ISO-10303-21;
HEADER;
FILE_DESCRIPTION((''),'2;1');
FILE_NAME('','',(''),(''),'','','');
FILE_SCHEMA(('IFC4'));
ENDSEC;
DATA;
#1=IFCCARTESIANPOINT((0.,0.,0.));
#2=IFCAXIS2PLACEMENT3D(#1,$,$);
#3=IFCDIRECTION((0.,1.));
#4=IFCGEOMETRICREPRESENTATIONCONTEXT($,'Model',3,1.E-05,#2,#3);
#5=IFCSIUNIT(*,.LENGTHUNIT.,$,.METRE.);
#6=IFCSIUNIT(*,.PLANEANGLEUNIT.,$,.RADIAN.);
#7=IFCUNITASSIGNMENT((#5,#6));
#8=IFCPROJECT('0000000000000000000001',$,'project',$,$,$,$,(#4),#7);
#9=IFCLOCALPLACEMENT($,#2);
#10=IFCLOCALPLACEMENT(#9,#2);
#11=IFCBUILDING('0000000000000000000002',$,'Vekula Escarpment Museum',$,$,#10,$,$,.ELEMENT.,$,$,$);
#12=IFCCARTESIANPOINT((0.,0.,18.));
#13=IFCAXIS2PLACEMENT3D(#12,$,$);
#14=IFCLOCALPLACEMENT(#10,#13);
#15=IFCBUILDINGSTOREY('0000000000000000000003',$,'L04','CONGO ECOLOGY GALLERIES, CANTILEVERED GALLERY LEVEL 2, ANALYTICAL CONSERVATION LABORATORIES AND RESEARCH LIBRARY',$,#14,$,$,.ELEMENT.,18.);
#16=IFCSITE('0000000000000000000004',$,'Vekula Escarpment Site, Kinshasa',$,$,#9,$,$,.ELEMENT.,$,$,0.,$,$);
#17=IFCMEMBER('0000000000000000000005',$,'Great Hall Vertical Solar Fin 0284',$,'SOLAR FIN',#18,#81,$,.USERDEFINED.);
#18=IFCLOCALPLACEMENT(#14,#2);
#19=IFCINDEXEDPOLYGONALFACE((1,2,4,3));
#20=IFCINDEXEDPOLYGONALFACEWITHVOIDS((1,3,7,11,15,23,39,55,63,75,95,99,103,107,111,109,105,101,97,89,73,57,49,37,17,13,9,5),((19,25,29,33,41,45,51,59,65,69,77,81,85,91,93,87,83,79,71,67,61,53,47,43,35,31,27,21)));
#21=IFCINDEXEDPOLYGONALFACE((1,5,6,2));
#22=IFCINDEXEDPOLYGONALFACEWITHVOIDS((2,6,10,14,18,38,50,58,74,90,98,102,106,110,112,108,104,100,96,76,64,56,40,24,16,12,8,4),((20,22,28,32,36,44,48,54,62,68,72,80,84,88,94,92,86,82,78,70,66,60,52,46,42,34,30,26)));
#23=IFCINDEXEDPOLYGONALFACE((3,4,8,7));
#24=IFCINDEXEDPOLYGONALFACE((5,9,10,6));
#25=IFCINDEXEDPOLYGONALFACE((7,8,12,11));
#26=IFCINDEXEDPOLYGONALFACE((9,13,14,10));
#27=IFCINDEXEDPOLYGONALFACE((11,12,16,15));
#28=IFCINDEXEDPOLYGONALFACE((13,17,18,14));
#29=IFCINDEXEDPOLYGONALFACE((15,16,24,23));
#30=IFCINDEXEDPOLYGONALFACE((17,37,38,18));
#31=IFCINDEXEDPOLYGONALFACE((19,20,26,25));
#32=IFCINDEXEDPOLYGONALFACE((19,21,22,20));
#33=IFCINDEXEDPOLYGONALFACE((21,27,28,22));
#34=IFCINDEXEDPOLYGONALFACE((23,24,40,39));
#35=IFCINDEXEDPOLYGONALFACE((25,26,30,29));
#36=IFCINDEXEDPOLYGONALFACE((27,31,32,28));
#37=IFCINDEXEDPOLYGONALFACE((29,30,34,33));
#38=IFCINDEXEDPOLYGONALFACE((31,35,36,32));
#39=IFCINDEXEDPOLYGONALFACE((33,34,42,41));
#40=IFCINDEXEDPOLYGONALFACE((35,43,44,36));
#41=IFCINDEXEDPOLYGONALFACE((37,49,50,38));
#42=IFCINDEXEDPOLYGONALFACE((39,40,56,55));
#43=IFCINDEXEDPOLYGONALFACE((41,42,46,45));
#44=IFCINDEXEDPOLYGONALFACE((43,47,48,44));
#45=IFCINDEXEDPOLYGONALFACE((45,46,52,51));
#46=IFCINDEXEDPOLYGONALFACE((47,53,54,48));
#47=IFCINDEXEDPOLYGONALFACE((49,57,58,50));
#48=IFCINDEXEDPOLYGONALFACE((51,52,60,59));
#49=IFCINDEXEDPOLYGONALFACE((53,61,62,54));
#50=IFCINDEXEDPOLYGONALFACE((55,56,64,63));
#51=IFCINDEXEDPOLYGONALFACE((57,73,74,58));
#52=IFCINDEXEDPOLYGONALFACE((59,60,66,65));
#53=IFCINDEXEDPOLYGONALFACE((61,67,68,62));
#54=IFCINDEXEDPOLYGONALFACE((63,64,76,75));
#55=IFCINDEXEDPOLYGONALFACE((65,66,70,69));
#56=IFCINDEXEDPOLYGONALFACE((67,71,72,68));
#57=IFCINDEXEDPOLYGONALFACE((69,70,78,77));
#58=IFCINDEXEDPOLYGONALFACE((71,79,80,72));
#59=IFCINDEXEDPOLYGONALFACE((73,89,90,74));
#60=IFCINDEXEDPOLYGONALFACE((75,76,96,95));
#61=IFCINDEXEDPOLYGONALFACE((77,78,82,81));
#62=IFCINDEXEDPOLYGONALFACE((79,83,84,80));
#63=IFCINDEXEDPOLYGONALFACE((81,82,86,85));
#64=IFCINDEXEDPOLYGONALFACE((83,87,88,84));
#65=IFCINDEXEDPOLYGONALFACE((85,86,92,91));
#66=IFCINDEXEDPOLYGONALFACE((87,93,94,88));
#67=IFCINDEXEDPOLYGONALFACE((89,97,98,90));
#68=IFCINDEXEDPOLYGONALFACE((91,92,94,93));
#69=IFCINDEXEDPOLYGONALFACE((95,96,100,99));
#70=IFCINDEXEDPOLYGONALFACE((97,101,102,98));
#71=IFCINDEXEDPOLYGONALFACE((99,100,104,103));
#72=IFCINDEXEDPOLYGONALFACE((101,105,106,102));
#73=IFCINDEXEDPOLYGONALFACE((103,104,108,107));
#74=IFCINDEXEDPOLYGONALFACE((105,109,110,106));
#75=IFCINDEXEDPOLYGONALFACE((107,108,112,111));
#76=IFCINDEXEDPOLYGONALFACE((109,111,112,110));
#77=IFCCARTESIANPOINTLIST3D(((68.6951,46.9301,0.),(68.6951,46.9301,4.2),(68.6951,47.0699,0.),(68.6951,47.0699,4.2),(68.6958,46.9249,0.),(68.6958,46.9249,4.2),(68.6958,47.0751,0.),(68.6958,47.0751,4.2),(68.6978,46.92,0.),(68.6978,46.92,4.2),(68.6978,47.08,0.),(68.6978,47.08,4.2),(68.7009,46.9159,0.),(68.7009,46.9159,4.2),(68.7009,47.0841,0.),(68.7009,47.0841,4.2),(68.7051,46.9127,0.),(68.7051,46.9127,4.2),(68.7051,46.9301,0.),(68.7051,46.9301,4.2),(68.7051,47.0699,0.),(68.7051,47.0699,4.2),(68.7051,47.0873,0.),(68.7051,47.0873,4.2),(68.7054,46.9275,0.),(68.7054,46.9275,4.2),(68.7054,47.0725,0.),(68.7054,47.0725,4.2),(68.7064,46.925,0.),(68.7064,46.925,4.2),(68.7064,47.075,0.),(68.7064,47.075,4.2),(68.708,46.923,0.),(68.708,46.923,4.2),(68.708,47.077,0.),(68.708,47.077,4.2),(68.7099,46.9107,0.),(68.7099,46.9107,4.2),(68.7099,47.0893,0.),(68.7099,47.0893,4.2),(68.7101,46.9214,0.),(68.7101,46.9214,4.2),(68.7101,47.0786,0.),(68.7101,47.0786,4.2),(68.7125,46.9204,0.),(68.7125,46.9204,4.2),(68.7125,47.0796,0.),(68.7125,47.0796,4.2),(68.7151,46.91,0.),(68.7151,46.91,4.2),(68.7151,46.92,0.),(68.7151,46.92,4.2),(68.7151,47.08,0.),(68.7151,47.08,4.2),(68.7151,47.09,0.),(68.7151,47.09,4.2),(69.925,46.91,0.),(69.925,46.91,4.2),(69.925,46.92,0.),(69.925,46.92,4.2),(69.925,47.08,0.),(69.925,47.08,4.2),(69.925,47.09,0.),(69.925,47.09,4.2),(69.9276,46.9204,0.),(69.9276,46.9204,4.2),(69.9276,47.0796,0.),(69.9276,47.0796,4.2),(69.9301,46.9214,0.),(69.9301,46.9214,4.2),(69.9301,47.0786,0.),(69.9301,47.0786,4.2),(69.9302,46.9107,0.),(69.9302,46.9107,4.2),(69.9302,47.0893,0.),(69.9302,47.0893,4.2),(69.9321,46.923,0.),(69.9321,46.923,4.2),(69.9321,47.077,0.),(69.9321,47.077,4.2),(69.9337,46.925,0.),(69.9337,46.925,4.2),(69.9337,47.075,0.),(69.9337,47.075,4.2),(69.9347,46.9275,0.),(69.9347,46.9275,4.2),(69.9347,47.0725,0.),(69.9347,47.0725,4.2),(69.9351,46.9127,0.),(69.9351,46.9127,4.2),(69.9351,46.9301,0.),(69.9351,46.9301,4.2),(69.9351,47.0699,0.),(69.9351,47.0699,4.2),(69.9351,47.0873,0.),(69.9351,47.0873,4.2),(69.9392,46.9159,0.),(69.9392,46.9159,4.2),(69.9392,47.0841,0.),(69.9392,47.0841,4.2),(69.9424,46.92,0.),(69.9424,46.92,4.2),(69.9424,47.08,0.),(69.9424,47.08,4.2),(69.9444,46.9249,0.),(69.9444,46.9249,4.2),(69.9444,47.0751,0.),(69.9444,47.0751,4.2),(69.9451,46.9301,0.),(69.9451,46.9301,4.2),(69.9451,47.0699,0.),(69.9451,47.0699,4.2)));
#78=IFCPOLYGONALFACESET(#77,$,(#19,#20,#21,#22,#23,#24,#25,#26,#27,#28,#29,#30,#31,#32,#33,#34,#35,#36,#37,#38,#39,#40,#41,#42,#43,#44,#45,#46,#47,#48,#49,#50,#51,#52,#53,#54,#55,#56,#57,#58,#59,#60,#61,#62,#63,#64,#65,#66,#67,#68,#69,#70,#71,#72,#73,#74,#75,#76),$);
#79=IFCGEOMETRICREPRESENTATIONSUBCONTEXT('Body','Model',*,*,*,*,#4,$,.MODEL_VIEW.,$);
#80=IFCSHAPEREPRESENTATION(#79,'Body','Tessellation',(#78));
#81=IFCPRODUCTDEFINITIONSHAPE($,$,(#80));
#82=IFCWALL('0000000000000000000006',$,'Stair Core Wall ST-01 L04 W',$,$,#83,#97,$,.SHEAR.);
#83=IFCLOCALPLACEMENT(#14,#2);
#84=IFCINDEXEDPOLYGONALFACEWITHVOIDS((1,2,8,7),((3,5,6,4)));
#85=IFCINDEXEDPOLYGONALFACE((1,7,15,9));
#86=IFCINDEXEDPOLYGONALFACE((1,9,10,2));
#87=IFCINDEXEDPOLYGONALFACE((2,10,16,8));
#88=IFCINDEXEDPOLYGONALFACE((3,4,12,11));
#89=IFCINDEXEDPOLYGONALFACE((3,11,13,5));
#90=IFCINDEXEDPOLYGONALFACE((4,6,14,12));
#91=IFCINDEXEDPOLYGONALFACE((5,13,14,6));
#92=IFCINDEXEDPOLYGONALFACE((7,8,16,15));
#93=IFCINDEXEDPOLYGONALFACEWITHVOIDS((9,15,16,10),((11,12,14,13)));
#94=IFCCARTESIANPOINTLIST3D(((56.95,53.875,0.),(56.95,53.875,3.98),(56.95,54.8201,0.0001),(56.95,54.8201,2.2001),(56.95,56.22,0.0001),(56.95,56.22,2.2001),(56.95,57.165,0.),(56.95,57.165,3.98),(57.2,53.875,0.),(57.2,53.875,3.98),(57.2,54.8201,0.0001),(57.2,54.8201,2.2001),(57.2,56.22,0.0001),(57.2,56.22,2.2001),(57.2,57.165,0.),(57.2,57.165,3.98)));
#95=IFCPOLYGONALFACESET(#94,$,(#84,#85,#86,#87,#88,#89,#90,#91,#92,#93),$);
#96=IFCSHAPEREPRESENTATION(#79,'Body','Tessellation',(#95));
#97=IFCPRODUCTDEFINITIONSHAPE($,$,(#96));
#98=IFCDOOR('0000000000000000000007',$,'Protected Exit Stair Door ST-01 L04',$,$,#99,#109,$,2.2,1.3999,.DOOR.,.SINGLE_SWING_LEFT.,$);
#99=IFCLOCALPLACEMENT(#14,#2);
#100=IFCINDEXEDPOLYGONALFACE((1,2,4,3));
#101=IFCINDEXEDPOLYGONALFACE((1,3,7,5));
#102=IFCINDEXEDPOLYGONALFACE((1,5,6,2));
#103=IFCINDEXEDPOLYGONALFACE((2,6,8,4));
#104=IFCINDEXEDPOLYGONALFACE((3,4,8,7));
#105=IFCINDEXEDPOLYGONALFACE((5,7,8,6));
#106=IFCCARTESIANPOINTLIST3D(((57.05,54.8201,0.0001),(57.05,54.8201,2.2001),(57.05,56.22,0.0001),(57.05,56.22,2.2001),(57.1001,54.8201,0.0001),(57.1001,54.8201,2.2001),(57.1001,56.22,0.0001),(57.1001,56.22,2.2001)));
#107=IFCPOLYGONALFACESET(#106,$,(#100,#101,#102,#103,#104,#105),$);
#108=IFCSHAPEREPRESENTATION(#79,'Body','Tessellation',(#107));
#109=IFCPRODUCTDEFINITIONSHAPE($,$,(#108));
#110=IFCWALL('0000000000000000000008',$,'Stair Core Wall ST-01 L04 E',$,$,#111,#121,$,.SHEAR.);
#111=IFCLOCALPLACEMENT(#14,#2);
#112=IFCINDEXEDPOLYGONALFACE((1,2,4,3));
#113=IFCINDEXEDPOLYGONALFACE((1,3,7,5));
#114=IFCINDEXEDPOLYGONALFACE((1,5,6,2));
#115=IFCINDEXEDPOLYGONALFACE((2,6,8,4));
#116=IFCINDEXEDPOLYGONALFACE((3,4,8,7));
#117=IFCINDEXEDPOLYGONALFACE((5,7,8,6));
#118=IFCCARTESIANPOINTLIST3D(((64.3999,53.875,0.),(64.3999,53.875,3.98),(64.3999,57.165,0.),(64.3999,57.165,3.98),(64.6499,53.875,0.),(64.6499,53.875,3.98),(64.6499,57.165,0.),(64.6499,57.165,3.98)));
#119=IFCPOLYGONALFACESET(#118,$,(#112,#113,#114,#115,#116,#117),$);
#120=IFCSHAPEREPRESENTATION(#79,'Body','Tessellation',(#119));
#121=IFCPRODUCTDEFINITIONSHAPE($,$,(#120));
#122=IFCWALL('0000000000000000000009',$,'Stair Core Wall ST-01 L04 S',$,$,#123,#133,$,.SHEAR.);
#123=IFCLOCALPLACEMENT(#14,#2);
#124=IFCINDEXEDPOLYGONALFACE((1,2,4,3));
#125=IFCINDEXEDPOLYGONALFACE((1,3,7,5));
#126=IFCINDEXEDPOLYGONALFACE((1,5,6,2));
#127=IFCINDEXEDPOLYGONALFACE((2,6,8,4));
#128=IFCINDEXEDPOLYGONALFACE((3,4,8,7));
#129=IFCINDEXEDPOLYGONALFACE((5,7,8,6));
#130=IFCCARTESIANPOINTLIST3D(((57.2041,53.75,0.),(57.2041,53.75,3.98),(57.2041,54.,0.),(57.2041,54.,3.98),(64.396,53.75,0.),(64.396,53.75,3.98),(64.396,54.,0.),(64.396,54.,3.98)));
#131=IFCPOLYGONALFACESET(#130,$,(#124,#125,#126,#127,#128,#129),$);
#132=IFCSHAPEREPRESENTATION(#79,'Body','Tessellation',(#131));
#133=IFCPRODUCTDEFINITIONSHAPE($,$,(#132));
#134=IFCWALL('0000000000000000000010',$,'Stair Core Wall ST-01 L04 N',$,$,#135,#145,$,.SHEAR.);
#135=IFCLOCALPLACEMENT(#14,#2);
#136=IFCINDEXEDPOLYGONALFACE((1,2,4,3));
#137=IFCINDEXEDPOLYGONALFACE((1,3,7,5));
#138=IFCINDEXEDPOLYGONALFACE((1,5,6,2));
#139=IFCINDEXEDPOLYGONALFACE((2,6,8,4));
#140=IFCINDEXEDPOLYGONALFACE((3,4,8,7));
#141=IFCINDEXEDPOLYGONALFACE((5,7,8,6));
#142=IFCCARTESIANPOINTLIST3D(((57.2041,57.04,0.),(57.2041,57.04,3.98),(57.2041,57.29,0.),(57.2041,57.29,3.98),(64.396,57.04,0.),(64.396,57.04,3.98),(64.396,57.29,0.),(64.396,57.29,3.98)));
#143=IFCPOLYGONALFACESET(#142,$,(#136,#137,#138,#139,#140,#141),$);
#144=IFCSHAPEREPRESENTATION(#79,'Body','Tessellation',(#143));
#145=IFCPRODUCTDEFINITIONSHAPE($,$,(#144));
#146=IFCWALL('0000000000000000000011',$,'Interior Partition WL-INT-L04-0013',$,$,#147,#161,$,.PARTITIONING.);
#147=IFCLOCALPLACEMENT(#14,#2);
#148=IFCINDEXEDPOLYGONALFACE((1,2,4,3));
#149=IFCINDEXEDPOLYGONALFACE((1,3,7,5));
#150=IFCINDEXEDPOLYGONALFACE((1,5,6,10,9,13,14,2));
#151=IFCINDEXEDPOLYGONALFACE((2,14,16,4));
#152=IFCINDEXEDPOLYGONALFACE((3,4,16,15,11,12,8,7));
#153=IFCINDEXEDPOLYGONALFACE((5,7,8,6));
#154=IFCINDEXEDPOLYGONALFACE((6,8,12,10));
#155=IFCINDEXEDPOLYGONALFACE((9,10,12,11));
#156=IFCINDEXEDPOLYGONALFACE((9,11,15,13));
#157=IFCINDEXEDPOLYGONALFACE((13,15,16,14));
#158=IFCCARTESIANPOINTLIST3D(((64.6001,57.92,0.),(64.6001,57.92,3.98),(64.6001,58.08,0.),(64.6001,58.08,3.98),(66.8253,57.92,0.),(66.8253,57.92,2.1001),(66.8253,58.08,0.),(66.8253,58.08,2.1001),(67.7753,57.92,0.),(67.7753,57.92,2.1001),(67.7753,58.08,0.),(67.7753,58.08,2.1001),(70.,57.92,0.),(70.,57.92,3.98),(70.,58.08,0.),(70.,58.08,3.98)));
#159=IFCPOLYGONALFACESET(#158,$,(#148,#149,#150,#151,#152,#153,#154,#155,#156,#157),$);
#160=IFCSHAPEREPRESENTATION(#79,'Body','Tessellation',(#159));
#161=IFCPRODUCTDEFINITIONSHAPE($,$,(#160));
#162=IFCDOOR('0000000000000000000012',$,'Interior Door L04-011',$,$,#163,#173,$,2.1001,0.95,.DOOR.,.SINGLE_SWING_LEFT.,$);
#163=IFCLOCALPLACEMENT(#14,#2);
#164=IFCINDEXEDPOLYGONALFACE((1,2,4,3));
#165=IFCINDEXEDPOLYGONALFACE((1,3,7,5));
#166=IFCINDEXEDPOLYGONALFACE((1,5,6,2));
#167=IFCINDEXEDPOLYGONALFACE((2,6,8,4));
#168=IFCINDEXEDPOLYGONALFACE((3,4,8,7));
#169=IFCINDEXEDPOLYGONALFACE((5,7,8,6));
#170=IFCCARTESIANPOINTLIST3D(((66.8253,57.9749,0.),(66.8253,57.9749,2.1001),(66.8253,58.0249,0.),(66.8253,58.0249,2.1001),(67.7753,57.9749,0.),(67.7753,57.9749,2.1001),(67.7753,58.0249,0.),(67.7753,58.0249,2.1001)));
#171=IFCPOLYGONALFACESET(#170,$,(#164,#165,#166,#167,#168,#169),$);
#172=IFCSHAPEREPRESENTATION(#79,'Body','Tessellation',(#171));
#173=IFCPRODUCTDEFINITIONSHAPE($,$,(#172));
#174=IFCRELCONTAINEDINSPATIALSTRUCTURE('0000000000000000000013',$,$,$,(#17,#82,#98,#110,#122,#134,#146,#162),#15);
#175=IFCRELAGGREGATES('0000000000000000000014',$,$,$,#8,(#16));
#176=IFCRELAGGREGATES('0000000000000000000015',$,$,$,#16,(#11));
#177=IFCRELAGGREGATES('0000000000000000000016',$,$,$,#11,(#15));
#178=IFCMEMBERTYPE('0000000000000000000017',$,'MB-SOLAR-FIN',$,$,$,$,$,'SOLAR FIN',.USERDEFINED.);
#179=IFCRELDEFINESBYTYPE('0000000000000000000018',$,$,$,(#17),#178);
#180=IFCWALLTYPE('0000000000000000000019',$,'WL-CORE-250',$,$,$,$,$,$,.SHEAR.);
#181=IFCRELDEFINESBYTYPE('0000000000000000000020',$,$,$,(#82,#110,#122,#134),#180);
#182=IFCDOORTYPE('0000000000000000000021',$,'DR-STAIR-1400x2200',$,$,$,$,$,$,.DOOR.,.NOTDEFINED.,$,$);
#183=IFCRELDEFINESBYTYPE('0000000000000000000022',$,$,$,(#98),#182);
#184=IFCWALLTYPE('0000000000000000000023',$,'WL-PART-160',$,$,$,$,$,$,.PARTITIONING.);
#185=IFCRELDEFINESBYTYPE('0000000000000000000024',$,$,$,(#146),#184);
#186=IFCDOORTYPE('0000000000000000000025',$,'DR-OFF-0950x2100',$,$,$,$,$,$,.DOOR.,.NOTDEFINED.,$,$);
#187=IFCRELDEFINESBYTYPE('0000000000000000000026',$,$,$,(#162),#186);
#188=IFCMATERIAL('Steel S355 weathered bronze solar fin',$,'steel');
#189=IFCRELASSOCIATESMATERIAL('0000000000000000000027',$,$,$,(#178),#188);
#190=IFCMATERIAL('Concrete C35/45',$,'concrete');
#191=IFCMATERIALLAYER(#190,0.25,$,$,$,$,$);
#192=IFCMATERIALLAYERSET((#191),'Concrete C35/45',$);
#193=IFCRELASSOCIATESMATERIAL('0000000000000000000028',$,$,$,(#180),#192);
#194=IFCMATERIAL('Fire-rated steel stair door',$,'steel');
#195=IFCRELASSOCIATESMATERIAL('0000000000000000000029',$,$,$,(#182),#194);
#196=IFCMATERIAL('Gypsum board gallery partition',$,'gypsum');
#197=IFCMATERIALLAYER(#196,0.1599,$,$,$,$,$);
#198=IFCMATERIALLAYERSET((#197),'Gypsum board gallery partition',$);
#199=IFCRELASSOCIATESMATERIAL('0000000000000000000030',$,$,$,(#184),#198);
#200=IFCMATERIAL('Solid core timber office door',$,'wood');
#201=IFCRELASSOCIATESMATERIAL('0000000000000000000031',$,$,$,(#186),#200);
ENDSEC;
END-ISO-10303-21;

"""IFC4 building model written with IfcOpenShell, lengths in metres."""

from ifc_helpers import new_model, si_unit, direction, frame, frame_2d, origin, origin_2d, place, context, subcontext, project, spatial, rectangle, hollow_rectangle, extrude, material, layer, layer_set, material_profile, profile_set, type_object, element, fill, save


model = new_model("IFC4")

# Units and contexts
model_context = context("Model", 3, precision=1e-05, world=origin(), true_north=direction((0.0, 1.0)))
body_context = subcontext(model_context, "Body", "Model", "MODEL_VIEW")
ifc_project = project(units=[si_unit("LENGTHUNIT", "METRE"), si_unit("PLANEANGLEUNIT", "RADIAN")], contexts=[model_context])

# Site, building, storey
site_placement = place(None, origin())
site = spatial("IfcSite", under=ifc_project, at=site_placement, Name="Vekula Escarpment Site, Kinshasa", CompositionType="ELEMENT", RefElevation=0.0)
building_placement = place(site_placement, origin())
building = spatial("IfcBuilding", under=site, at=building_placement, Name="Vekula Escarpment Museum", CompositionType="ELEMENT")
storey_placement = place(building_placement, frame((0.0, 0.0, 18.0)))
storey = spatial("IfcBuildingStorey", under=building, at=storey_placement, Name="L04", Description="CONGO ECOLOGY GALLERIES, CANTILEVERED GALLERY LEVEL 2, ANALYTICAL CONSERVATION LABORATORIES AND RESEARCH LIBRARY", CompositionType="ELEMENT", Elevation=18.0)

# Member
ifc_material_1 = material(Name="Steel S355 weathered bronze solar fin", Category="steel")
ifc_material_profile = material_profile(ifc_material_1, hollow_rectangle(XDim=0.1799, YDim=1.25, WallThickness=0.01, InnerFilletRadius=0.01, OuterFilletRadius=0.02, at=origin_2d()), Name="RHS 1250x180x10")
ifc_profile_set = profile_set([ifc_material_profile], Name="Steel S355 weathered bronze solar fin")
member_type = type_object("IfcMemberType", Name="MB-SOLAR-FIN", ElementType="SOLAR FIN", PredefinedType="USERDEFINED", material=ifc_profile_set)
member_placement = place(storey_placement, frame((69.3201, 47.0, 0.0), z_axis=(0.0, 0.0, 1.0), x_axis=(0.0, 1.0, 0.0)))
element("IfcMember", 1, at=member_placement, inside=storey, type_object=member_type, Name="Great Hall Vertical Solar Fin 0284", ObjectType="SOLAR FIN", PredefinedType="USERDEFINED", context=body_context, shape_type="SweptSolid", body=[
    extrude(hollow_rectangle(XDim=0.1799, YDim=1.25, WallThickness=0.01, InnerFilletRadius=0.01, OuterFilletRadius=0.02, at=origin_2d()), origin(), (0.0, 0.0, 1.0), 4.2),
])

# Wall, opening, door
ifc_material_2 = material(Name="Concrete C35/45", Category="concrete")
ifc_layer_1 = layer(ifc_material_2, 0.25)
ifc_layer_set_1 = layer_set([ifc_layer_1], Name="Concrete C35/45")
wall_type_1 = type_object("IfcWallType", Name="WL-CORE-250", PredefinedType="SHEAR", material=ifc_layer_set_1)
wall_1_placement = place(storey_placement, frame((57.075, 53.875, 0.0), z_axis=(0.0, 0.0, 1.0), x_axis=(0.0, 1.0, 0.0)))
wall_1 = element("IfcWall", 2, at=wall_1_placement, inside=storey, type_object=wall_type_1, Name="Stair Core Wall ST-01 L04 W", PredefinedType="SHEAR", context=body_context, shape_type="SweptSolid", body=[
    extrude(rectangle(XDim=3.29, YDim=0.25, at=frame_2d((1.645, 0.0))), origin(), (0.0, 0.0, 1.0), 3.98),
])
opening_1_placement = place(wall_1_placement, frame((0.9451, 0.0, 0.0)))
opening_1 = element("IfcOpeningElement", 3, at=opening_1_placement, cuts=wall_1, PredefinedType="OPENING", context=body_context, shape_type="SweptSolid", body=[
    extrude(rectangle(XDim=1.3999, YDim=2.2, at=frame_2d((0.7, 1.1001))), frame((0.0, 0.135, 0.0), z_axis=(0.0, -1.0, 0.0), x_axis=(1.0, 0.0, 0.0)), (0.0, 0.0, 1.0), 0.27),
])
ifc_material_3 = material(Name="Fire-rated steel stair door", Category="steel")
door_type_1 = type_object("IfcDoorType", Name="DR-STAIR-1400x2200", OperationType="NOTDEFINED", PredefinedType="DOOR", material=ifc_material_3)
door_1_placement = place(opening_1_placement, origin())
door_1 = element("IfcDoor", 4, at=door_1_placement, inside=storey, type_object=door_type_1, Name="Protected Exit Stair Door ST-01 L04", OperationType="SINGLE_SWING_LEFT", OverallHeight=2.2, OverallWidth=1.3999, PredefinedType="DOOR", context=body_context, shape_type="SweptSolid", body=[
    extrude(rectangle(XDim=1.3999, YDim=2.2, at=frame_2d((0.7, 1.1001))), frame((0.0, 0.0249, 0.0), z_axis=(0.0, -1.0, 0.0), x_axis=(1.0, 0.0, 0.0)), (0.0, 0.0, 1.0), 0.05),
])
fill(opening_1, door_1)

# Walls
wall_2_placement = place(storey_placement, frame((64.5249, 53.875, 0.0), z_axis=(0.0, 0.0, 1.0), x_axis=(0.0, 1.0, 0.0)))
element("IfcWall", 5, at=wall_2_placement, inside=storey, type_object=wall_type_1, Name="Stair Core Wall ST-01 L04 E", PredefinedType="SHEAR", context=body_context, shape_type="SweptSolid", body=[
    extrude(rectangle(XDim=3.29, YDim=0.25, at=frame_2d((1.645, 0.0))), origin(), (0.0, 0.0, 1.0), 3.98),
])
for number, where, z_axis, x_axis, name in (
    (6, (57.2041, 53.875, 0.0), (0.0, 0.0, 1.0), (1.0, 0.0, 0.0), "Stair Core Wall ST-01 L04 S"),
    (7, (57.2041, 57.165, 0.0), (0.0, 0.0, 1.0), (1.0, 0.0, 0.0), "Stair Core Wall ST-01 L04 N"),
):
    element("IfcWall", number, at=place(storey_placement, frame(where, z_axis=z_axis, x_axis=x_axis)), inside=storey, type_object=wall_type_1, Name=name, PredefinedType="SHEAR", context=body_context, shape_type="SweptSolid", body=[
        extrude(rectangle(XDim=7.1919, YDim=0.25, at=frame_2d((3.5959, 0.0))), origin(), (0.0, 0.0, 1.0), 3.98),
    ])

# Wall, opening, door
ifc_material_4 = material(Name="Gypsum board gallery partition", Category="gypsum")
ifc_layer_2 = layer(ifc_material_4, 0.1599)
ifc_layer_set_2 = layer_set([ifc_layer_2], Name="Gypsum board gallery partition")
wall_type_2 = type_object("IfcWallType", Name="WL-PART-160", PredefinedType="PARTITIONING", material=ifc_layer_set_2)
wall_3_placement = place(storey_placement, frame((64.6001, 58.0, 0.0), z_axis=(0.0, 0.0, 1.0), x_axis=(1.0, 0.0, 0.0)))
wall_3 = element("IfcWall", 8, at=wall_3_placement, inside=storey, type_object=wall_type_2, Name="Interior Partition WL-INT-L04-0013", PredefinedType="PARTITIONING", context=body_context, shape_type="SweptSolid", body=[
    extrude(rectangle(XDim=5.3999, YDim=0.1599, at=frame_2d((2.7, 0.0))), origin(), (0.0, 0.0, 1.0), 3.98),
])
opening_2_placement = place(wall_3_placement, frame((2.2251, 0.0, 0.0)))
opening_2 = element("IfcOpeningElement", 9, at=opening_2_placement, cuts=wall_3, PredefinedType="OPENING", context=body_context, shape_type="SweptSolid", body=[
    extrude(rectangle(XDim=0.95, YDim=2.1001, at=frame_2d((0.4751, 1.05))), frame((0.0, 0.0898, 0.0), z_axis=(0.0, -1.0, 0.0), x_axis=(1.0, 0.0, 0.0)), (0.0, 0.0, 1.0), 0.1799),
])
ifc_material_5 = material(Name="Solid core timber office door", Category="wood")
door_type_2 = type_object("IfcDoorType", Name="DR-OFF-0950x2100", OperationType="NOTDEFINED", PredefinedType="DOOR", material=ifc_material_5)
door_2_placement = place(opening_2_placement, origin())
door_2 = element("IfcDoor", 10, at=door_2_placement, inside=storey, type_object=door_type_2, Name="Interior Door L04-011", OperationType="SINGLE_SWING_LEFT", OverallHeight=2.1001, OverallWidth=0.95, PredefinedType="DOOR", context=body_context, shape_type="SweptSolid", body=[
    extrude(rectangle(XDim=0.95, YDim=2.1001, at=frame_2d((0.4751, 1.05))), frame((0.0, 0.0249, 0.0), z_axis=(0.0, -1.0, 0.0), x_axis=(1.0, 0.0, 0.0)), (0.0, 0.0, 1.0), 0.05),
])
fill(opening_2, door_2)

save(model, "model.ifc")
